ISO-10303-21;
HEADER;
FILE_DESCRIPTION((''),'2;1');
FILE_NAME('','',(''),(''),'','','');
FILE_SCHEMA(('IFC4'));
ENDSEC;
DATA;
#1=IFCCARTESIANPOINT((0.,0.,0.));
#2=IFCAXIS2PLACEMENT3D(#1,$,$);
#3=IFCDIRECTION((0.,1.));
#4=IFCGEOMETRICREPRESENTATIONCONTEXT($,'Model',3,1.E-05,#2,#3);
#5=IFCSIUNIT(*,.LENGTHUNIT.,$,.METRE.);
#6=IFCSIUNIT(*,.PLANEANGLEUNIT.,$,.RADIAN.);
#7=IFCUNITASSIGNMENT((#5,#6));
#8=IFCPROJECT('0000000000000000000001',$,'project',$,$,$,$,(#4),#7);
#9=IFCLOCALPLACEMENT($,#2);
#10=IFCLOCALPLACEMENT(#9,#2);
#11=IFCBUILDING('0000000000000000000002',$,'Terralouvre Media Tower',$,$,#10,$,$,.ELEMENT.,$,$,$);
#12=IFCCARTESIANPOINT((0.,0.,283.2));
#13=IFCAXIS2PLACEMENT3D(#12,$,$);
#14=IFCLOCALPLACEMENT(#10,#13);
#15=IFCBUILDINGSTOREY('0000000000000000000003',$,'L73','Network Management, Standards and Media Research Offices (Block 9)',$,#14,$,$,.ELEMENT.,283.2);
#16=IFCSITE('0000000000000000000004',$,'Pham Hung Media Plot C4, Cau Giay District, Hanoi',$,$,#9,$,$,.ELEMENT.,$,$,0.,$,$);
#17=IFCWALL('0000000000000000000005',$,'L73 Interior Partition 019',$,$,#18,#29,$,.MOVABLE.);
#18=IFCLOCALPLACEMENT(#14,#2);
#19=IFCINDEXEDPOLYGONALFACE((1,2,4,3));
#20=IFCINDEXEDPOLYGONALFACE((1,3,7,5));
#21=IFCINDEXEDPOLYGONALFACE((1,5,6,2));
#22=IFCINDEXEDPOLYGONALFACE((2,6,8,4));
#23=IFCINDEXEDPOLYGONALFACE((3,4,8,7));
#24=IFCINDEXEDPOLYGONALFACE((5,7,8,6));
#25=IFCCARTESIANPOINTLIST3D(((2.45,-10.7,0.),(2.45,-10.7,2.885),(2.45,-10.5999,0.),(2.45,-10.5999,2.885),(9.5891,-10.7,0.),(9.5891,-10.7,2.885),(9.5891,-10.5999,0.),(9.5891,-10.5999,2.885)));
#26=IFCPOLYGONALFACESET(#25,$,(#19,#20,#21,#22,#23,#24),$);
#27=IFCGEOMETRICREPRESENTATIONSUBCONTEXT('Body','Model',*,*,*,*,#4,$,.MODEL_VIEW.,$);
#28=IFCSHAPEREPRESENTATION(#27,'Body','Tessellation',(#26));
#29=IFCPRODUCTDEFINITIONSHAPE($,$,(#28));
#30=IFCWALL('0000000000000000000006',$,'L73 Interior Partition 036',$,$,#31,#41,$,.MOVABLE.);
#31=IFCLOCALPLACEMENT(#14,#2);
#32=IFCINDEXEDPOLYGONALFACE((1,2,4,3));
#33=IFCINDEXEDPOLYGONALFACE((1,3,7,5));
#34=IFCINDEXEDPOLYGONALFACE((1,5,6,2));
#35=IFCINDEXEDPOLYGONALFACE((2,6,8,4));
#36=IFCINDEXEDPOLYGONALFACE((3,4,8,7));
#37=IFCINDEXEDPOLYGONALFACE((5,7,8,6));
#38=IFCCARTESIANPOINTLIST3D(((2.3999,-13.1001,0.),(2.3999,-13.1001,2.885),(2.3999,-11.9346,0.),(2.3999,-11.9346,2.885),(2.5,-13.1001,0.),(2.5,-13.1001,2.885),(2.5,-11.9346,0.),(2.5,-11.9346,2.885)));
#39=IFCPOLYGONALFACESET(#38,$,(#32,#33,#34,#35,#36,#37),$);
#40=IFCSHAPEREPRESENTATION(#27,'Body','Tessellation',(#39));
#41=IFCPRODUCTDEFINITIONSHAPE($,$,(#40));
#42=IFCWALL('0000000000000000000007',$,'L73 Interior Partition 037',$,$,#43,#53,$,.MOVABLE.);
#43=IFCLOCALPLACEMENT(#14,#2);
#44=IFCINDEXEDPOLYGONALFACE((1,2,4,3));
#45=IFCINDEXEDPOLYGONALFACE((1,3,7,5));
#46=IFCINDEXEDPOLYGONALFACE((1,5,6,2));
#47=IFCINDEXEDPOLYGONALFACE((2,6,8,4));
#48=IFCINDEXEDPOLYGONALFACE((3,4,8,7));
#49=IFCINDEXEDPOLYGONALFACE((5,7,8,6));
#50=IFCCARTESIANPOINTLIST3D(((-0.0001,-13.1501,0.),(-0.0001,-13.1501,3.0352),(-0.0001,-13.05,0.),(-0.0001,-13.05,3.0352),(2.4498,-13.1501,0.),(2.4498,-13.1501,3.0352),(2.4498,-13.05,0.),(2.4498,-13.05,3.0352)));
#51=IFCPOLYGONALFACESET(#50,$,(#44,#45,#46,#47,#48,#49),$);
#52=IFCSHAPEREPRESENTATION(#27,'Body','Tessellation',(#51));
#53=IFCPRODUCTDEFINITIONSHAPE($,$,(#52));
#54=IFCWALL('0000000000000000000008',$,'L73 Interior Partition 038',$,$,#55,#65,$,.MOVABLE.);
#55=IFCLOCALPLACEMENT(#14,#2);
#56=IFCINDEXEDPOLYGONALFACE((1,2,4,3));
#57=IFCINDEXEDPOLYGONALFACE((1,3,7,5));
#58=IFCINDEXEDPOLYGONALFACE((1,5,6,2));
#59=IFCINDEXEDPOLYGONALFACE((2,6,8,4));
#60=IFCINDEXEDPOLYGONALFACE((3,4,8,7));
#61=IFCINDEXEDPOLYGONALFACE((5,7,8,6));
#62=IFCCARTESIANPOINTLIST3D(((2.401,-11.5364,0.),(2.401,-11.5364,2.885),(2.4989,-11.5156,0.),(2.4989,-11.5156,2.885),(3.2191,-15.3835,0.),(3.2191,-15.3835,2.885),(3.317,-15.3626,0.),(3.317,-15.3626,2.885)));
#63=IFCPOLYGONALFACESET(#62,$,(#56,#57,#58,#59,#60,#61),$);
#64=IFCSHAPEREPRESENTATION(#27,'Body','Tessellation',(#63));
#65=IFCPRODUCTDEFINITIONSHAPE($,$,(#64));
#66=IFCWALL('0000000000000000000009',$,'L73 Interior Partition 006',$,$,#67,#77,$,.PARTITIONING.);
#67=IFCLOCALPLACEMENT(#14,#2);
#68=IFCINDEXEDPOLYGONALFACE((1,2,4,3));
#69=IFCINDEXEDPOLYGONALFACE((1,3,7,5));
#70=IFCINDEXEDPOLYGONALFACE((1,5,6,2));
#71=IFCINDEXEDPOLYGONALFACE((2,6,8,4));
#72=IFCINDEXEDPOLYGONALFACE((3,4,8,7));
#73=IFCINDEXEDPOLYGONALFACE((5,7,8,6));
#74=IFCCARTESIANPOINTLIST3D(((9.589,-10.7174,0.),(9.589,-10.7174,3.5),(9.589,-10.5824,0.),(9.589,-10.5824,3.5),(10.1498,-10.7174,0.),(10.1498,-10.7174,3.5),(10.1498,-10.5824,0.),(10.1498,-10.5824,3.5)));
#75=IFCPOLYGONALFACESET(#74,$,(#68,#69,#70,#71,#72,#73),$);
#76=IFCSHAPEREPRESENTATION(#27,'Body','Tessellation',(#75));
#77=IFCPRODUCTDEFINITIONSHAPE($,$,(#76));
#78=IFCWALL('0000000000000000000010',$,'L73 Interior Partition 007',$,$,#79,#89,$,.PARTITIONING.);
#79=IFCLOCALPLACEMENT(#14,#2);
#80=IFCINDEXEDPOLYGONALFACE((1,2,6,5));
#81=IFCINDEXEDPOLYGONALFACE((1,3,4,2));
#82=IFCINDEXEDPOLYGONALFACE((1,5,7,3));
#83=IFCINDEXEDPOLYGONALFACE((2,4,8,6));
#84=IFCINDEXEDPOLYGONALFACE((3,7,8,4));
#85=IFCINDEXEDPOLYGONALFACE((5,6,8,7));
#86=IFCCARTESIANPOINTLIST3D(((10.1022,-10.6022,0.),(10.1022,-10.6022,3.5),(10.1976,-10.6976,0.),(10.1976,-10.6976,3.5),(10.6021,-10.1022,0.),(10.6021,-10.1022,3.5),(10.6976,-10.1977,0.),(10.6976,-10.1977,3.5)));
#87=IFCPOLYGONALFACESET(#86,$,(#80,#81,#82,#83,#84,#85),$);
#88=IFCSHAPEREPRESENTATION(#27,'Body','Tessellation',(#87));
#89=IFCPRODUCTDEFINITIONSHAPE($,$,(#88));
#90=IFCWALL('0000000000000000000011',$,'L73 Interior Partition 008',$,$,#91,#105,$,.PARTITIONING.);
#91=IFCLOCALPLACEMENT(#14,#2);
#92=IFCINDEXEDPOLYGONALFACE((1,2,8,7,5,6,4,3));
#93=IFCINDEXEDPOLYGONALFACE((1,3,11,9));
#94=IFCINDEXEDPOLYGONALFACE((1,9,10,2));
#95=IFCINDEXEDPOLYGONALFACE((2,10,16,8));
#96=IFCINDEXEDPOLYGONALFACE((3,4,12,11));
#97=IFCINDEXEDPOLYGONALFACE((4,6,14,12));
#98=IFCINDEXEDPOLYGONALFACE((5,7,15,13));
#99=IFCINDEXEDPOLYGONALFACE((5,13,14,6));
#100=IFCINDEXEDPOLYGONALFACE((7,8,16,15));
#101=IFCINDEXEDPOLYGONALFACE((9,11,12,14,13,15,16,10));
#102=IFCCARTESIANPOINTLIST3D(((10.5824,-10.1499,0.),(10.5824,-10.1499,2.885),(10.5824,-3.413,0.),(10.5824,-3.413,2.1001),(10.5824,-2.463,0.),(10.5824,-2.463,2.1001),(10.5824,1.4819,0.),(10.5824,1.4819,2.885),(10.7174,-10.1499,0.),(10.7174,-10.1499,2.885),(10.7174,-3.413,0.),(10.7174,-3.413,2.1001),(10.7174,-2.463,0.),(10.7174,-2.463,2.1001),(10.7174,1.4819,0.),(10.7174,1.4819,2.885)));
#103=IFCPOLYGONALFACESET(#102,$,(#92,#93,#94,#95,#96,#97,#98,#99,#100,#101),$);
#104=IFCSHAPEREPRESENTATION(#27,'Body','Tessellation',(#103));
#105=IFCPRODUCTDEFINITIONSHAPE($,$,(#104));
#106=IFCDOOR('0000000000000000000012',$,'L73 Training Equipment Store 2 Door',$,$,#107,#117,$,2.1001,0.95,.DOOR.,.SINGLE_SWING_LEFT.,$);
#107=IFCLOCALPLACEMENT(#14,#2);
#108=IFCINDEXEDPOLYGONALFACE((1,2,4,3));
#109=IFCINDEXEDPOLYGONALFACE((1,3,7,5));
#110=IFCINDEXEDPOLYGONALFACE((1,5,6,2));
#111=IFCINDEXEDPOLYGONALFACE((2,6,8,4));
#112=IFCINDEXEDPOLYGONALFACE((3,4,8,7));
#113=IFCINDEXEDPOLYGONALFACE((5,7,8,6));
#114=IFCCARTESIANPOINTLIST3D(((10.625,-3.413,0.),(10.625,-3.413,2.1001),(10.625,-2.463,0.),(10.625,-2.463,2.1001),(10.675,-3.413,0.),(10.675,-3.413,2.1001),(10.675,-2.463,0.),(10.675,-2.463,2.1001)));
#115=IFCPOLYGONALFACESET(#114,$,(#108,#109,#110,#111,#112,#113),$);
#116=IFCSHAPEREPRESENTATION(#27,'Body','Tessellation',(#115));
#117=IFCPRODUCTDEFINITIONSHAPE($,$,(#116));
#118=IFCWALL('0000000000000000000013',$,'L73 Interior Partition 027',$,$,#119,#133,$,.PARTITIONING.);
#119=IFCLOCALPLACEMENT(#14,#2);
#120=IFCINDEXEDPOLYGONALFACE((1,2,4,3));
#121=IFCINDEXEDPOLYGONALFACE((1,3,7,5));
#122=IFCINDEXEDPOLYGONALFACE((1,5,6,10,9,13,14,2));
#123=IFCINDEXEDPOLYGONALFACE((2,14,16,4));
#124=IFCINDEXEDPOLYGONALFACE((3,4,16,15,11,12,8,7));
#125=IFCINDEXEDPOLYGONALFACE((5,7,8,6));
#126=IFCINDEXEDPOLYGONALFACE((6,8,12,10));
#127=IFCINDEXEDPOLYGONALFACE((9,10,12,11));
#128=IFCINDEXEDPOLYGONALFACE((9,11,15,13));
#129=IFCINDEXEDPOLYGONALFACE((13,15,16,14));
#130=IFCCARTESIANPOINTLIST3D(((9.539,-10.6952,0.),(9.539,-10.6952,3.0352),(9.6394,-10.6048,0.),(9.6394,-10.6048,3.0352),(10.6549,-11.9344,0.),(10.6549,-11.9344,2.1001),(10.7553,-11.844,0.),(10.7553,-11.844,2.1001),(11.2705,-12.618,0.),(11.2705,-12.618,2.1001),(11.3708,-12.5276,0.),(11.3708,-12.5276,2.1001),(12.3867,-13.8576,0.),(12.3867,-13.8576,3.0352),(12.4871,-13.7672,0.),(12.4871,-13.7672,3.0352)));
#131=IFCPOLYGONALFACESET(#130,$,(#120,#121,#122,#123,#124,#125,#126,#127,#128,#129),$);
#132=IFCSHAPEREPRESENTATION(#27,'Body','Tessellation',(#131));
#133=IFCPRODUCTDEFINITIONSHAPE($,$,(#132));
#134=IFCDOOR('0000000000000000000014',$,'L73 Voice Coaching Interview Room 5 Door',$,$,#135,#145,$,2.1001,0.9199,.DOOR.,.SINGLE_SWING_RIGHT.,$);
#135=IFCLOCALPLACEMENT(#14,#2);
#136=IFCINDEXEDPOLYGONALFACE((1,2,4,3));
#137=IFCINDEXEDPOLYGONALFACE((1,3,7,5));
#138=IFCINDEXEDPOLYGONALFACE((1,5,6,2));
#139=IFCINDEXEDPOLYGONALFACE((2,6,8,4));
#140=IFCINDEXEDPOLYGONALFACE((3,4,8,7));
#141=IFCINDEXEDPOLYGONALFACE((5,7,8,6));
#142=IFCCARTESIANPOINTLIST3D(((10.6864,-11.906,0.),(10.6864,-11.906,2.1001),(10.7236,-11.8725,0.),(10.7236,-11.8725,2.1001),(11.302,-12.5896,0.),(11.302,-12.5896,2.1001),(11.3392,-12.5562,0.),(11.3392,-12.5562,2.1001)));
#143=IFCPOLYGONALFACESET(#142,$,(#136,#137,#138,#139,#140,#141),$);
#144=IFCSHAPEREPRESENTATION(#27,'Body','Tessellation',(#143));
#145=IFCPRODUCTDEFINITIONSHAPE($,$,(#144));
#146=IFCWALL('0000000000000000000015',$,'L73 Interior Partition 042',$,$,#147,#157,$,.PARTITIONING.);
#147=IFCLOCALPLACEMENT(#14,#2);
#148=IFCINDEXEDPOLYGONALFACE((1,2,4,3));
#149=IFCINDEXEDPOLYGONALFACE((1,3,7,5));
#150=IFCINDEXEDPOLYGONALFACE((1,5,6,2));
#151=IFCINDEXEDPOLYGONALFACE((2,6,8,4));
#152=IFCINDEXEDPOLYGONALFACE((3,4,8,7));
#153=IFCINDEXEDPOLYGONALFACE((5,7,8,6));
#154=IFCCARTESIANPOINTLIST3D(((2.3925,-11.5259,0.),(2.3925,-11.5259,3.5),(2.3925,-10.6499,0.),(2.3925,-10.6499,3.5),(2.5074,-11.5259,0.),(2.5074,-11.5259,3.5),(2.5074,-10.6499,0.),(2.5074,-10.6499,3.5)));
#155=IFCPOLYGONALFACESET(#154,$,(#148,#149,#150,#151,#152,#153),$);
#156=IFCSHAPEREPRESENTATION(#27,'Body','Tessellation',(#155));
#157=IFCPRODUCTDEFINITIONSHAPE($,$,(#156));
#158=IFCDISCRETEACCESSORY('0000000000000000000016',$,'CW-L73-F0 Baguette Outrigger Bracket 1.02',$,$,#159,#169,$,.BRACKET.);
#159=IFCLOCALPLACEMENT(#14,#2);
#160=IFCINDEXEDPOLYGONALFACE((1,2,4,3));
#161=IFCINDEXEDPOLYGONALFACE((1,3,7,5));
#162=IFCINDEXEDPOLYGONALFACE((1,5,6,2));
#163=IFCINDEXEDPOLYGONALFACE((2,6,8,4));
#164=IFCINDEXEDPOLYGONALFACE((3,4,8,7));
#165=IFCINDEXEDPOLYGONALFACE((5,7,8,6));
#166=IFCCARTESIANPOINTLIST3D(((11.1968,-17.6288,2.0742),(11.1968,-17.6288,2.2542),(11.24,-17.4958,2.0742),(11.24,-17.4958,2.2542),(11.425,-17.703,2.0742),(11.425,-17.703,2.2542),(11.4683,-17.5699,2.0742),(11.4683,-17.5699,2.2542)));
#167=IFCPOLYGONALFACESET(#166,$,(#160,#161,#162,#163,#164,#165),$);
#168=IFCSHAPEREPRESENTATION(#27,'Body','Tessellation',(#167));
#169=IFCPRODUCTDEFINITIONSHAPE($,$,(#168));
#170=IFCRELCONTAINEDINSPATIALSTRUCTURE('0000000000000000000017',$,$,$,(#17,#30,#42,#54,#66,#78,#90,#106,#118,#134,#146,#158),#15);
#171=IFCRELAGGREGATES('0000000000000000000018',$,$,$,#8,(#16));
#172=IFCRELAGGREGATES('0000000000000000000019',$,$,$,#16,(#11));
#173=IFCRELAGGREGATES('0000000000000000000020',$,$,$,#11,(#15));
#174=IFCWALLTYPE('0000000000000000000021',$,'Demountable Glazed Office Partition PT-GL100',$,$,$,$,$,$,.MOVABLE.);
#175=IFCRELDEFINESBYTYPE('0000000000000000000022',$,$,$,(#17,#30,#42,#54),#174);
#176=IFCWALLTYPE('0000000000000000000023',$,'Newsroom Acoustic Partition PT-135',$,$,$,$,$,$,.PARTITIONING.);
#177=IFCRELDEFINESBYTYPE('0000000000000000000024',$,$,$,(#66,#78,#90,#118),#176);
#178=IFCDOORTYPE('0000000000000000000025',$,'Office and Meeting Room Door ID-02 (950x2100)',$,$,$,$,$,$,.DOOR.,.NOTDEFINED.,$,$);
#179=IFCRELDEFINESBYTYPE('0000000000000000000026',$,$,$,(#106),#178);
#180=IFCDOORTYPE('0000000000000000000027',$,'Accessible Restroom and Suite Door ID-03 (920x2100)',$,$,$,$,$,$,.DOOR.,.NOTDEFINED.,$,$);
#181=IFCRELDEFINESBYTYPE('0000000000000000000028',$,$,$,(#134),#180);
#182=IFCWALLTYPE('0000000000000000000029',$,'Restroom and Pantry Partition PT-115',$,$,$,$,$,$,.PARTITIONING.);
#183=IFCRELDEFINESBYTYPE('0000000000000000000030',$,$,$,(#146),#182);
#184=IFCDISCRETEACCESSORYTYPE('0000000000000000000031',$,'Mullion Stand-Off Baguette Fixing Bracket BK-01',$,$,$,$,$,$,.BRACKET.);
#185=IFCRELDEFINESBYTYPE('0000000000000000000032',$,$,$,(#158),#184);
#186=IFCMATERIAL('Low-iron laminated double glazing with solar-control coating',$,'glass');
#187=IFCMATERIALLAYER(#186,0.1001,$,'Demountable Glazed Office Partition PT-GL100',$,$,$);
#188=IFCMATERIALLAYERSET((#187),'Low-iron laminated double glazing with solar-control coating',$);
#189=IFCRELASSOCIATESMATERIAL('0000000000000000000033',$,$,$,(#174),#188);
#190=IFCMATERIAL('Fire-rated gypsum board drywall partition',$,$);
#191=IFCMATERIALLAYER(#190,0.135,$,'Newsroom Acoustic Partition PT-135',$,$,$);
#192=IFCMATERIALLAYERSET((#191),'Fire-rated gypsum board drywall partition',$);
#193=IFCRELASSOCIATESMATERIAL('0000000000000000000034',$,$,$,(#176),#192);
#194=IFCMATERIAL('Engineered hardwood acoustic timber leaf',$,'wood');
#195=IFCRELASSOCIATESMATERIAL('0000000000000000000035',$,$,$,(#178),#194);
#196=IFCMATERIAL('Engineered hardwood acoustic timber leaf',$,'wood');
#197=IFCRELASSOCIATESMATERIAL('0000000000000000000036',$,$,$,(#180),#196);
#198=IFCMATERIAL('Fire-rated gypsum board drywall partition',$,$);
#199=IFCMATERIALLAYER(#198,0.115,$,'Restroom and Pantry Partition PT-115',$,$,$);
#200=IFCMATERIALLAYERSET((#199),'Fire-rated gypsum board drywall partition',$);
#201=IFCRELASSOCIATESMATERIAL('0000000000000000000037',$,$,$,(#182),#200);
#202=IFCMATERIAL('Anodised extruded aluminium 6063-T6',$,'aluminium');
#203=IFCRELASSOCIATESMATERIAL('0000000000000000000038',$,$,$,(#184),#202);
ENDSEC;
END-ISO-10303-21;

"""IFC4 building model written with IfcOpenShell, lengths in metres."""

from ifc_helpers import new_model, si_unit, direction, frame, frame_2d, origin, origin_2d, place, context, subcontext, project, spatial, rectangle, extrude, material, layer, layer_set, type_object, element, fill, save


model = new_model("IFC4")

# Units and contexts
model_context = context("Model", 3, precision=1e-05, world=origin(), true_north=direction((0.0, 1.0)))
body_context = subcontext(model_context, "Body", "Model", "MODEL_VIEW")
ifc_project = project(units=[si_unit("LENGTHUNIT", "METRE"), si_unit("PLANEANGLEUNIT", "RADIAN")], contexts=[model_context])

# Site, building, storey
site_placement = place(None, origin())
site = spatial("IfcSite", under=ifc_project, at=site_placement, Name="Pham Hung Media Plot C4, Cau Giay District, Hanoi", CompositionType="ELEMENT", RefElevation=0.0)
building_placement = place(site_placement, origin())
building = spatial("IfcBuilding", under=site, at=building_placement, Name="Terralouvre Media Tower", CompositionType="ELEMENT")
storey_placement = place(building_placement, frame((0.0, 0.0, 283.2)))
storey = spatial("IfcBuildingStorey", under=building, at=storey_placement, Name="L73", Description="Network Management, Standards and Media Research Offices (Block 9)", CompositionType="ELEMENT", Elevation=283.2)

# Walls
ifc_material_1 = material(Name="Low-iron laminated double glazing with solar-control coating", Category="glass")
ifc_layer_1 = layer(ifc_material_1, 0.1001, Name="Demountable Glazed Office Partition PT-GL100")
ifc_layer_set_1 = layer_set([ifc_layer_1], Name="Low-iron laminated double glazing with solar-control coating")
wall_type_1 = type_object("IfcWallType", Name="Demountable Glazed Office Partition PT-GL100", PredefinedType="MOVABLE", material=ifc_layer_set_1)
wall_1_placement = place(storey_placement, frame((2.45, -10.6499, 0.0), z_axis=(0.0, 0.0, 1.0), x_axis=(1.0, 0.0, 0.0)))
element("IfcWall", 1, at=wall_1_placement, inside=storey, type_object=wall_type_1, Name="L73 Interior Partition 019", PredefinedType="MOVABLE", context=body_context, shape_type="SweptSolid", body=[
    extrude(rectangle(XDim=7.1392, YDim=0.1001, at=frame_2d((3.5696, 0.0))), origin(), (0.0, 0.0, 1.0), 2.885),
])
wall_2_placement = place(storey_placement, frame((2.45, -11.9346, 0.0), z_axis=(0.0, 0.0, 1.0), x_axis=(0.0, -1.0, 0.0)))
element("IfcWall", 2, at=wall_2_placement, inside=storey, type_object=wall_type_1, Name="L73 Interior Partition 036", PredefinedType="MOVABLE", context=body_context, shape_type="SweptSolid", body=[
    extrude(rectangle(XDim=1.1655, YDim=0.1001, at=frame_2d((0.5828, 0.0))), origin(), (0.0, 0.0, 1.0), 2.885),
])
wall_3_placement = place(storey_placement, frame((2.45, -13.1001, 0.0), z_axis=(0.0, 0.0, 1.0), x_axis=(-1.0, 0.0, 0.0)))
element("IfcWall", 3, at=wall_3_placement, inside=storey, type_object=wall_type_1, Name="L73 Interior Partition 037", PredefinedType="MOVABLE", context=body_context, shape_type="SweptSolid", body=[
    extrude(rectangle(XDim=2.45, YDim=0.1001, at=frame_2d((1.2251, 0.0))), origin(), (0.0, 0.0, 1.0), 3.0352),
])
wall_4_placement = place(storey_placement, frame((3.2681, -15.373, 0.0), z_axis=(0.0, 0.0, 1.0), x_axis=(-0.208003, 0.978128, 0.0)))
element("IfcWall", 4, at=wall_4_placement, inside=storey, type_object=wall_type_1, Name="L73 Interior Partition 038", PredefinedType="MOVABLE", context=body_context, shape_type="SweptSolid", body=[
    extrude(rectangle(XDim=3.9331, YDim=0.1001, at=frame_2d((1.9666, 0.0))), origin(), (0.0, 0.0, 1.0), 2.885),
])
ifc_material_2 = material(Name="Fire-rated gypsum board drywall partition")
ifc_layer_2 = layer(ifc_material_2, 0.135, Name="Newsroom Acoustic Partition PT-135")
ifc_layer_set_2 = layer_set([ifc_layer_2], Name="Fire-rated gypsum board drywall partition")
wall_type_2 = type_object("IfcWallType", Name="Newsroom Acoustic Partition PT-135", PredefinedType="PARTITIONING", material=ifc_layer_set_2)
wall_5_placement = place(storey_placement, frame((9.5891, -10.6499, 0.0), z_axis=(0.0, 0.0, 1.0), x_axis=(1.0, 0.0, 0.0)))
element("IfcWall", 5, at=wall_5_placement, inside=storey, type_object=wall_type_2, Name="L73 Interior Partition 006", PredefinedType="PARTITIONING", context=body_context, shape_type="SweptSolid", body=[
    extrude(rectangle(XDim=0.5608, YDim=0.135, at=frame_2d((0.2803, 0.0))), origin(), (0.0, 0.0, 1.0), 3.5),
])
wall_6_placement = place(storey_placement, frame((10.1499, -10.6499, 0.0), z_axis=(0.0, 0.0, 1.0), x_axis=(0.707107, 0.707107, 0.0)))
element("IfcWall", 6, at=wall_6_placement, inside=storey, type_object=wall_type_2, Name="L73 Interior Partition 007", PredefinedType="PARTITIONING", context=body_context, shape_type="SweptSolid", body=[
    extrude(rectangle(XDim=0.707, YDim=0.135, at=frame_2d((0.3535, 0.0))), origin(), (0.0, 0.0, 1.0), 3.5),
])

# Walls, openings, doors
wall_7_placement = place(storey_placement, frame((10.6499, -10.1499, 0.0), z_axis=(0.0, 0.0, 1.0), x_axis=(0.0, 1.0, 0.0)))
wall_7 = element("IfcWall", 7, at=wall_7_placement, inside=storey, type_object=wall_type_2, Name="L73 Interior Partition 008", PredefinedType="PARTITIONING", context=body_context, shape_type="SweptSolid", body=[
    extrude(rectangle(XDim=11.6318, YDim=0.135, at=frame_2d((5.8159, 0.0))), origin(), (0.0, 0.0, 1.0), 2.885),
])
opening_1_placement = place(wall_7_placement, frame((6.7368, 0.0, 0.0)))
opening_1 = element("IfcOpeningElement", 8, at=opening_1_placement, cuts=wall_7, PredefinedType="OPENING", context=body_context, shape_type="SweptSolid", body=[
    extrude(rectangle(XDim=0.95, YDim=2.1001, at=frame_2d((0.4751, 1.05))), frame((0.0, 0.0774, 0.0), z_axis=(0.0, -1.0, 0.0), x_axis=(1.0, 0.0, 0.0)), (0.0, 0.0, 1.0), 0.155),
])
ifc_material_3 = material(Name="Engineered hardwood acoustic timber leaf", Category="wood")
door_type_1 = type_object("IfcDoorType", Name="Office and Meeting Room Door ID-02 (950x2100)", OperationType="NOTDEFINED", PredefinedType="DOOR", material=ifc_material_3)
door_1_placement = place(opening_1_placement, origin())
door_1 = element("IfcDoor", 9, at=door_1_placement, inside=storey, type_object=door_type_1, Name="L73 Training Equipment Store 2 Door", OperationType="SINGLE_SWING_LEFT", OverallHeight=2.1001, OverallWidth=0.95, PredefinedType="DOOR", context=body_context, shape_type="SweptSolid", body=[
    extrude(rectangle(XDim=0.95, YDim=2.1001, at=frame_2d((0.4751, 1.05))), frame((0.0, 0.0249, 0.0), z_axis=(0.0, -1.0, 0.0), x_axis=(1.0, 0.0, 0.0)), (0.0, 0.0, 1.0), 0.05),
])
fill(opening_1, door_1)
wall_8_placement = place(storey_placement, frame((9.5891, -10.6499, 0.0), z_axis=(0.0, 0.0, 1.0), x_axis=(0.669164, -0.743114, 0.0)))
wall_8 = element("IfcWall", 10, at=wall_8_placement, inside=storey, type_object=wall_type_2, Name="L73 Interior Partition 027", PredefinedType="PARTITIONING", context=body_context, shape_type="SweptSolid", body=[
    extrude(rectangle(XDim=4.2556, YDim=0.135, at=frame_2d((2.1279, 0.0))), origin(), (0.0, 0.0, 1.0), 3.0352),
])
opening_2_placement = place(wall_8_placement, frame((1.6677, 0.0, 0.0)))
opening_2 = element("IfcOpeningElement", 11, at=opening_2_placement, cuts=wall_8, PredefinedType="OPENING", context=body_context, shape_type="SweptSolid", body=[
    extrude(rectangle(XDim=0.9199, YDim=2.1001, at=frame_2d((0.46, 1.05))), frame((0.0, 0.0774, 0.0), z_axis=(0.0, -1.0, 0.0), x_axis=(1.0, 0.0, 0.0)), (0.0, 0.0, 1.0), 0.155),
])
ifc_material_4 = material(Name="Engineered hardwood acoustic timber leaf", Category="wood")
door_type_2 = type_object("IfcDoorType", Name="Accessible Restroom and Suite Door ID-03 (920x2100)", OperationType="NOTDEFINED", PredefinedType="DOOR", material=ifc_material_4)
door_2_placement = place(opening_2_placement, origin())
door_2 = element("IfcDoor", 12, at=door_2_placement, inside=storey, type_object=door_type_2, Name="L73 Voice Coaching Interview Room 5 Door", OperationType="SINGLE_SWING_RIGHT", OverallHeight=2.1001, OverallWidth=0.9199, PredefinedType="DOOR", context=body_context, shape_type="SweptSolid", body=[
    extrude(rectangle(XDim=0.9199, YDim=2.1001, at=frame_2d((0.46, 1.05))), frame((0.0, 0.0249, 0.0), z_axis=(0.0, -1.0, 0.0), x_axis=(1.0, 0.0, 0.0)), (0.0, 0.0, 1.0), 0.05),
])
fill(opening_2, door_2)

# Wall
ifc_material_5 = material(Name="Fire-rated gypsum board drywall partition")
ifc_layer_3 = layer(ifc_material_5, 0.115, Name="Restroom and Pantry Partition PT-115")
ifc_layer_set_3 = layer_set([ifc_layer_3], Name="Fire-rated gypsum board drywall partition")
wall_type_3 = type_object("IfcWallType", Name="Restroom and Pantry Partition PT-115", PredefinedType="PARTITIONING", material=ifc_layer_set_3)
wall_9_placement = place(storey_placement, frame((2.45, -11.5259, 0.0), z_axis=(0.0, 0.0, 1.0), x_axis=(0.0, 1.0, 0.0)))
element("IfcWall", 13, at=wall_9_placement, inside=storey, type_object=wall_type_3, Name="L73 Interior Partition 042", PredefinedType="PARTITIONING", context=body_context, shape_type="SweptSolid", body=[
    extrude(rectangle(XDim=0.876, YDim=0.115, at=frame_2d((0.438, 0.0))), origin(), (0.0, 0.0, 1.0), 3.5),
])

# Discrete accessory
ifc_material_6 = material(Name="Anodised extruded aluminium 6063-T6", Category="aluminium")
discrete_accessory_type = type_object("IfcDiscreteAccessoryType", Name="Mullion Stand-Off Baguette Fixing Bracket BK-01", PredefinedType="BRACKET", material=ifc_material_6)
discrete_accessory_placement = place(storey_placement, frame((11.3325, -17.5994, 2.0742), z_axis=(0.0, 0.0, 1.0), x_axis=(0.309017, 0.951057, 0.0)))
element("IfcDiscreteAccessory", 14, at=discrete_accessory_placement, inside=storey, type_object=discrete_accessory_type, Name="CW-L73-F0 Baguette Outrigger Bracket 1.02", PredefinedType="BRACKET", context=body_context, shape_type="SweptSolid", body=[
    extrude(rectangle(XDim=0.1399, YDim=0.24, at=origin_2d()), origin(), (0.0, 0.0, 1.0), 0.1799),
])

save(model, "model.ifc")
